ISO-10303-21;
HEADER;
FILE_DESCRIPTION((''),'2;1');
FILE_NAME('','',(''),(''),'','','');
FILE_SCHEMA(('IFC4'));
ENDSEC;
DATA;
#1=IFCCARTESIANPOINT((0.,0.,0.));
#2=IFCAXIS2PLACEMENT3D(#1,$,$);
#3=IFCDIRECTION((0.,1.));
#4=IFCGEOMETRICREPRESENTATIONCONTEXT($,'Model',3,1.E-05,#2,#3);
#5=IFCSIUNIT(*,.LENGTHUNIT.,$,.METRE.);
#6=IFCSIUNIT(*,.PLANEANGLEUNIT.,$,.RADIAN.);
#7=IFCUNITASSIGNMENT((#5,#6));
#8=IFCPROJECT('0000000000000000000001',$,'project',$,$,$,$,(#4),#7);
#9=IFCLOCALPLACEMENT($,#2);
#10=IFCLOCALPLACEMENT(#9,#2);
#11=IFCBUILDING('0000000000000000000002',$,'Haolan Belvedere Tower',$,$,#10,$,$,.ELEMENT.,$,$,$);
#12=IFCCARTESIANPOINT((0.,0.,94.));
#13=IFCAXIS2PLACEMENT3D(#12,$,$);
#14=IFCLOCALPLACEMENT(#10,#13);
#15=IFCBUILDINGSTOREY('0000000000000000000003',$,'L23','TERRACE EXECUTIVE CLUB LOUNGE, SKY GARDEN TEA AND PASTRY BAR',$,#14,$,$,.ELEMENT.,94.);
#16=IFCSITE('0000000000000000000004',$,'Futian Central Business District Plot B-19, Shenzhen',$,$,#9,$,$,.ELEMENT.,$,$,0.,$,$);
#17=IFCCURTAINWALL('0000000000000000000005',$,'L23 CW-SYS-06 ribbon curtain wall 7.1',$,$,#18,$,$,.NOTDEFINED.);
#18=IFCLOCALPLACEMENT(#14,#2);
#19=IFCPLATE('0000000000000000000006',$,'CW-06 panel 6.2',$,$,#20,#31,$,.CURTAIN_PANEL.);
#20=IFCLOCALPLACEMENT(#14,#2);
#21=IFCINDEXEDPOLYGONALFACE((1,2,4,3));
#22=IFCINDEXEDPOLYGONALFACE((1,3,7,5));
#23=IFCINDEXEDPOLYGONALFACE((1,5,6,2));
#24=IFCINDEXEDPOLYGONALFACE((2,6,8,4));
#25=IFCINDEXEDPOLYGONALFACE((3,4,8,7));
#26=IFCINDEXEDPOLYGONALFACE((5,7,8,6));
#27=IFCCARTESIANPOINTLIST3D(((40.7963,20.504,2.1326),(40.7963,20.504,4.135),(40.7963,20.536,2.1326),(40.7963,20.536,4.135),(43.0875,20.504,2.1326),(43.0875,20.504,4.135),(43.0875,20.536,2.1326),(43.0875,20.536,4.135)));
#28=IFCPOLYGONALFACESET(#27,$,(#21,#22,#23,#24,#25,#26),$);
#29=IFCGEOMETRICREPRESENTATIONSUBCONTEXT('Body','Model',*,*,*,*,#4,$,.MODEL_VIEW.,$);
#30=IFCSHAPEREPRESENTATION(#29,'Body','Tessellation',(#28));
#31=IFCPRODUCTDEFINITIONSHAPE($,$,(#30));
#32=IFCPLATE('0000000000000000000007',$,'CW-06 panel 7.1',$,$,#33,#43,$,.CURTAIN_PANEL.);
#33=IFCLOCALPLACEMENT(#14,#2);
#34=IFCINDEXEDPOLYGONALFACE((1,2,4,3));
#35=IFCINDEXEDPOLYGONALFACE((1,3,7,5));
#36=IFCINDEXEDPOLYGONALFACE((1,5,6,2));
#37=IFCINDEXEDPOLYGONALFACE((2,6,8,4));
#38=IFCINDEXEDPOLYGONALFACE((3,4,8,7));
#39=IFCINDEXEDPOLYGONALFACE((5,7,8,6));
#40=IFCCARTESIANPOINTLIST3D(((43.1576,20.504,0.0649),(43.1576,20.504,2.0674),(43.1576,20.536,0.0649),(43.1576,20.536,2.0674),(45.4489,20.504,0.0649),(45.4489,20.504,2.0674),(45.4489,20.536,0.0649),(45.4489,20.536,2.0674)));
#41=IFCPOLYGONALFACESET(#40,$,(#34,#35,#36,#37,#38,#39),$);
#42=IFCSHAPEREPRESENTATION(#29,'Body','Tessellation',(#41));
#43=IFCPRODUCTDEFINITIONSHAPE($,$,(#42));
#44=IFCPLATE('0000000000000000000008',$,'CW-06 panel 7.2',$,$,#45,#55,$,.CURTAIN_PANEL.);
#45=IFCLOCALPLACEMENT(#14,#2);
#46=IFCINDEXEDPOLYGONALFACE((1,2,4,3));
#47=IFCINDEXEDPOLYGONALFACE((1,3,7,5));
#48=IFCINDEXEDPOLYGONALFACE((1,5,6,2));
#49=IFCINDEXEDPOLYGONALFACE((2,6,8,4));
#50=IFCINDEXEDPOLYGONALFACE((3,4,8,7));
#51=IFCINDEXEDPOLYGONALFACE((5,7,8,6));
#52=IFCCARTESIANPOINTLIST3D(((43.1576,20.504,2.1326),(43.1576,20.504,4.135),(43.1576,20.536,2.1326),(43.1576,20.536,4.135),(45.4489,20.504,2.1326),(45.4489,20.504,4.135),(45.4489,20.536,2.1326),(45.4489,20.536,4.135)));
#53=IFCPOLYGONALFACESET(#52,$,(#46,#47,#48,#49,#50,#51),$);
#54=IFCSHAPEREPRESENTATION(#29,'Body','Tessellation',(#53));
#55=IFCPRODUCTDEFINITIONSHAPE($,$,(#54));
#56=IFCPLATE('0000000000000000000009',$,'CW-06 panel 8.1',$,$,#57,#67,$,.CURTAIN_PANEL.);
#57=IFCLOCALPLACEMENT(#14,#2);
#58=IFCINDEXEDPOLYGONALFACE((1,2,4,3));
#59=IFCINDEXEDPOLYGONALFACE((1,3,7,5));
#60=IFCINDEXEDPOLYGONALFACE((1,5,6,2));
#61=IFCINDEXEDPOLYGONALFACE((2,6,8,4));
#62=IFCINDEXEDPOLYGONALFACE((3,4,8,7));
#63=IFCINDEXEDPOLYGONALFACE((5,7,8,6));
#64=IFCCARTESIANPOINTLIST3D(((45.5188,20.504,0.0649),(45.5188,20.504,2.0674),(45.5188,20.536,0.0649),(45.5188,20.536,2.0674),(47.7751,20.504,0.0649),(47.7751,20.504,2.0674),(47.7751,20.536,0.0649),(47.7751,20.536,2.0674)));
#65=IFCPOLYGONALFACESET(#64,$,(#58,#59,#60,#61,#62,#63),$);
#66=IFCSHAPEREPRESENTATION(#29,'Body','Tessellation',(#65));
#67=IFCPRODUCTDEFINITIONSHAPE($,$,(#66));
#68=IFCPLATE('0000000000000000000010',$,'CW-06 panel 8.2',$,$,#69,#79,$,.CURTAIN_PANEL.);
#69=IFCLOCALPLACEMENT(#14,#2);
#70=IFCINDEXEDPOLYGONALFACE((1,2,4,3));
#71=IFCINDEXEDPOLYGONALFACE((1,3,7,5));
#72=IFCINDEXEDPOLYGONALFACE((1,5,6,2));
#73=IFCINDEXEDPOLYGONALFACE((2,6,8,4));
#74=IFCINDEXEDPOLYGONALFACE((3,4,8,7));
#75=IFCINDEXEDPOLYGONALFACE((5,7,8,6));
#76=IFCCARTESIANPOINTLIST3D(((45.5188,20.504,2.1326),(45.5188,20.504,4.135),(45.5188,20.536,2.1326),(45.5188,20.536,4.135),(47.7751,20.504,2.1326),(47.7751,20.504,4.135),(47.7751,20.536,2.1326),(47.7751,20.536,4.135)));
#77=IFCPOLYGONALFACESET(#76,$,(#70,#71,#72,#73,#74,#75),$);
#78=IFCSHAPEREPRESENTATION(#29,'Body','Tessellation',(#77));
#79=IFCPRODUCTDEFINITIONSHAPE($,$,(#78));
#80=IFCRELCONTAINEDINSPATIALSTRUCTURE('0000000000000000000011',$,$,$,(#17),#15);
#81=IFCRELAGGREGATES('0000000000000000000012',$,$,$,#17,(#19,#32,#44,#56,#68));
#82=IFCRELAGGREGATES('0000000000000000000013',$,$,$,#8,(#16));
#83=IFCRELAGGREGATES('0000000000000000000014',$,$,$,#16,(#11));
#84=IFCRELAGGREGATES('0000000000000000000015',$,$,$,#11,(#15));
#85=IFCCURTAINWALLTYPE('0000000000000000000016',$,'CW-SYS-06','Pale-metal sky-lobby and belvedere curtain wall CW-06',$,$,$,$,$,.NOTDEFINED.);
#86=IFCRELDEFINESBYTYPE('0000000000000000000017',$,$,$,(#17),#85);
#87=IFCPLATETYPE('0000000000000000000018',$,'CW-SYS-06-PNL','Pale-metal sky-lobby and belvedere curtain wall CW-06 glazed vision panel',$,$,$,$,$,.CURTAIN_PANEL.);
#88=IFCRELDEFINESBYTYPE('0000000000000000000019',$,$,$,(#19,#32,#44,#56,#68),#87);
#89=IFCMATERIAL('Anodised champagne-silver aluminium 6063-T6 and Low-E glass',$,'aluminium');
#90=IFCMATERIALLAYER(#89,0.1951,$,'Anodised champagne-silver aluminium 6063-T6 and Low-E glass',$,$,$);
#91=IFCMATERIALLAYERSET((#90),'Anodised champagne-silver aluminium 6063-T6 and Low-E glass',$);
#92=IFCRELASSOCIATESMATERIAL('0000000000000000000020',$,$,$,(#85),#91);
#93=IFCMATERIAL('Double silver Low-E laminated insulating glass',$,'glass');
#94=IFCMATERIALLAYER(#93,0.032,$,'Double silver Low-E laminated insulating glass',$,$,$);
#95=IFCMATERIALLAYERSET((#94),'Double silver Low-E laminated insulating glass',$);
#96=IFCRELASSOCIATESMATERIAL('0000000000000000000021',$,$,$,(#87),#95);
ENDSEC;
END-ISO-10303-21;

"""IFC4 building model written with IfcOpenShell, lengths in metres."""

from ifc_helpers import new_model, si_unit, direction, frame, origin, origin_2d, place, context, subcontext, project, spatial, rectangle, extrude, material, layer, layer_set, type_object, element, aggregate, save


model = new_model("IFC4")

# Units and contexts
model_context = context("Model", 3, precision=1e-05, world=origin(), true_north=direction((0.0, 1.0)))
body_context = subcontext(model_context, "Body", "Model", "MODEL_VIEW")
ifc_project = project(units=[si_unit("LENGTHUNIT", "METRE"), si_unit("PLANEANGLEUNIT", "RADIAN")], contexts=[model_context])

# Site, building, storey
site_placement = place(None, origin())
site = spatial("IfcSite", under=ifc_project, at=site_placement, Name="Futian Central Business District Plot B-19, Shenzhen", CompositionType="ELEMENT", RefElevation=0.0)
building_placement = place(site_placement, origin())
building = spatial("IfcBuilding", under=site, at=building_placement, Name="Haolan Belvedere Tower", CompositionType="ELEMENT")
storey_placement = place(building_placement, frame((0.0, 0.0, 94.0)))
storey = spatial("IfcBuildingStorey", under=building, at=storey_placement, Name="L23", Description="TERRACE EXECUTIVE CLUB LOUNGE, SKY GARDEN TEA AND PASTRY BAR", CompositionType="ELEMENT", Elevation=94.0)

# Curtain wall, plates
ifc_material_1 = material(Name="Anodised champagne-silver aluminium 6063-T6 and Low-E glass", Category="aluminium")
ifc_layer_1 = layer(ifc_material_1, 0.1951, Name="Anodised champagne-silver aluminium 6063-T6 and Low-E glass")
ifc_layer_set_1 = layer_set([ifc_layer_1], Name="Anodised champagne-silver aluminium 6063-T6 and Low-E glass")
curtain_wall_type = type_object("IfcCurtainWallType", Name="CW-SYS-06", Description="Pale-metal sky-lobby and belvedere curtain wall CW-06", PredefinedType="NOTDEFINED", material=ifc_layer_set_1)
curtain_wall_placement = place(storey_placement, origin())
curtain_wall = element("IfcCurtainWall", 1, at=curtain_wall_placement, inside=storey, type_object=curtain_wall_type, Name="L23 CW-SYS-06 ribbon curtain wall 7.1", PredefinedType="NOTDEFINED")
ifc_material_2 = material(Name="Double silver Low-E laminated insulating glass", Category="glass")
ifc_layer_2 = layer(ifc_material_2, 0.032, Name="Double silver Low-E laminated insulating glass")
ifc_layer_set_2 = layer_set([ifc_layer_2], Name="Double silver Low-E laminated insulating glass")
plate_type = type_object("IfcPlateType", Name="CW-SYS-06-PNL", Description="Pale-metal sky-lobby and belvedere curtain wall CW-06 glazed vision panel", PredefinedType="CURTAIN_PANEL", material=ifc_layer_set_2)
plate_1_placement = place(storey_placement, frame((41.9419, 20.52, 2.1326), z_axis=(0.0, 0.0, 1.0), x_axis=(1.0, 0.0, 0.0)))
plate_1 = element("IfcPlate", 2, at=plate_1_placement, type_object=plate_type, Name="CW-06 panel 6.2", PredefinedType="CURTAIN_PANEL", context=body_context, shape_type="SweptSolid", body=[
    extrude(rectangle(XDim=2.2913, YDim=0.032, at=origin_2d()), origin(), (0.0, 0.0, 1.0), 2.0024),
])
plate_2_placement = place(storey_placement, frame((44.3032, 20.52, 0.0649), z_axis=(0.0, 0.0, 1.0), x_axis=(1.0, 0.0, 0.0)))
plate_2 = element("IfcPlate", 3, at=plate_2_placement, type_object=plate_type, Name="CW-06 panel 7.1", PredefinedType="CURTAIN_PANEL", context=body_context, shape_type="SweptSolid", body=[
    extrude(rectangle(XDim=2.2913, YDim=0.032, at=origin_2d()), origin(), (0.0, 0.0, 1.0), 2.0024),
])
plate_3_placement = place(storey_placement, frame((44.3032, 20.52, 2.1326), z_axis=(0.0, 0.0, 1.0), x_axis=(1.0, 0.0, 0.0)))
plate_3 = element("IfcPlate", 4, at=plate_3_placement, type_object=plate_type, Name="CW-06 panel 7.2", PredefinedType="CURTAIN_PANEL", context=body_context, shape_type="SweptSolid", body=[
    extrude(rectangle(XDim=2.2913, YDim=0.032, at=origin_2d()), origin(), (0.0, 0.0, 1.0), 2.0024),
])
plate_4_placement = place(storey_placement, frame((46.647, 20.52, 0.0649), z_axis=(0.0, 0.0, 1.0), x_axis=(1.0, 0.0, 0.0)))
plate_4 = element("IfcPlate", 5, at=plate_4_placement, type_object=plate_type, Name="CW-06 panel 8.1", PredefinedType="CURTAIN_PANEL", context=body_context, shape_type="SweptSolid", body=[
    extrude(rectangle(XDim=2.2563, YDim=0.032, at=origin_2d()), origin(), (0.0, 0.0, 1.0), 2.0024),
])
plate_5_placement = place(storey_placement, frame((46.647, 20.52, 2.1326), z_axis=(0.0, 0.0, 1.0), x_axis=(1.0, 0.0, 0.0)))
plate_5 = element("IfcPlate", 6, at=plate_5_placement, type_object=plate_type, Name="CW-06 panel 8.2", PredefinedType="CURTAIN_PANEL", context=body_context, shape_type="SweptSolid", body=[
    extrude(rectangle(XDim=2.2563, YDim=0.032, at=origin_2d()), origin(), (0.0, 0.0, 1.0), 2.0024),
])
aggregate(curtain_wall, [plate_1, plate_2, plate_3, plate_4, plate_5])

save(model, "model.ifc")
